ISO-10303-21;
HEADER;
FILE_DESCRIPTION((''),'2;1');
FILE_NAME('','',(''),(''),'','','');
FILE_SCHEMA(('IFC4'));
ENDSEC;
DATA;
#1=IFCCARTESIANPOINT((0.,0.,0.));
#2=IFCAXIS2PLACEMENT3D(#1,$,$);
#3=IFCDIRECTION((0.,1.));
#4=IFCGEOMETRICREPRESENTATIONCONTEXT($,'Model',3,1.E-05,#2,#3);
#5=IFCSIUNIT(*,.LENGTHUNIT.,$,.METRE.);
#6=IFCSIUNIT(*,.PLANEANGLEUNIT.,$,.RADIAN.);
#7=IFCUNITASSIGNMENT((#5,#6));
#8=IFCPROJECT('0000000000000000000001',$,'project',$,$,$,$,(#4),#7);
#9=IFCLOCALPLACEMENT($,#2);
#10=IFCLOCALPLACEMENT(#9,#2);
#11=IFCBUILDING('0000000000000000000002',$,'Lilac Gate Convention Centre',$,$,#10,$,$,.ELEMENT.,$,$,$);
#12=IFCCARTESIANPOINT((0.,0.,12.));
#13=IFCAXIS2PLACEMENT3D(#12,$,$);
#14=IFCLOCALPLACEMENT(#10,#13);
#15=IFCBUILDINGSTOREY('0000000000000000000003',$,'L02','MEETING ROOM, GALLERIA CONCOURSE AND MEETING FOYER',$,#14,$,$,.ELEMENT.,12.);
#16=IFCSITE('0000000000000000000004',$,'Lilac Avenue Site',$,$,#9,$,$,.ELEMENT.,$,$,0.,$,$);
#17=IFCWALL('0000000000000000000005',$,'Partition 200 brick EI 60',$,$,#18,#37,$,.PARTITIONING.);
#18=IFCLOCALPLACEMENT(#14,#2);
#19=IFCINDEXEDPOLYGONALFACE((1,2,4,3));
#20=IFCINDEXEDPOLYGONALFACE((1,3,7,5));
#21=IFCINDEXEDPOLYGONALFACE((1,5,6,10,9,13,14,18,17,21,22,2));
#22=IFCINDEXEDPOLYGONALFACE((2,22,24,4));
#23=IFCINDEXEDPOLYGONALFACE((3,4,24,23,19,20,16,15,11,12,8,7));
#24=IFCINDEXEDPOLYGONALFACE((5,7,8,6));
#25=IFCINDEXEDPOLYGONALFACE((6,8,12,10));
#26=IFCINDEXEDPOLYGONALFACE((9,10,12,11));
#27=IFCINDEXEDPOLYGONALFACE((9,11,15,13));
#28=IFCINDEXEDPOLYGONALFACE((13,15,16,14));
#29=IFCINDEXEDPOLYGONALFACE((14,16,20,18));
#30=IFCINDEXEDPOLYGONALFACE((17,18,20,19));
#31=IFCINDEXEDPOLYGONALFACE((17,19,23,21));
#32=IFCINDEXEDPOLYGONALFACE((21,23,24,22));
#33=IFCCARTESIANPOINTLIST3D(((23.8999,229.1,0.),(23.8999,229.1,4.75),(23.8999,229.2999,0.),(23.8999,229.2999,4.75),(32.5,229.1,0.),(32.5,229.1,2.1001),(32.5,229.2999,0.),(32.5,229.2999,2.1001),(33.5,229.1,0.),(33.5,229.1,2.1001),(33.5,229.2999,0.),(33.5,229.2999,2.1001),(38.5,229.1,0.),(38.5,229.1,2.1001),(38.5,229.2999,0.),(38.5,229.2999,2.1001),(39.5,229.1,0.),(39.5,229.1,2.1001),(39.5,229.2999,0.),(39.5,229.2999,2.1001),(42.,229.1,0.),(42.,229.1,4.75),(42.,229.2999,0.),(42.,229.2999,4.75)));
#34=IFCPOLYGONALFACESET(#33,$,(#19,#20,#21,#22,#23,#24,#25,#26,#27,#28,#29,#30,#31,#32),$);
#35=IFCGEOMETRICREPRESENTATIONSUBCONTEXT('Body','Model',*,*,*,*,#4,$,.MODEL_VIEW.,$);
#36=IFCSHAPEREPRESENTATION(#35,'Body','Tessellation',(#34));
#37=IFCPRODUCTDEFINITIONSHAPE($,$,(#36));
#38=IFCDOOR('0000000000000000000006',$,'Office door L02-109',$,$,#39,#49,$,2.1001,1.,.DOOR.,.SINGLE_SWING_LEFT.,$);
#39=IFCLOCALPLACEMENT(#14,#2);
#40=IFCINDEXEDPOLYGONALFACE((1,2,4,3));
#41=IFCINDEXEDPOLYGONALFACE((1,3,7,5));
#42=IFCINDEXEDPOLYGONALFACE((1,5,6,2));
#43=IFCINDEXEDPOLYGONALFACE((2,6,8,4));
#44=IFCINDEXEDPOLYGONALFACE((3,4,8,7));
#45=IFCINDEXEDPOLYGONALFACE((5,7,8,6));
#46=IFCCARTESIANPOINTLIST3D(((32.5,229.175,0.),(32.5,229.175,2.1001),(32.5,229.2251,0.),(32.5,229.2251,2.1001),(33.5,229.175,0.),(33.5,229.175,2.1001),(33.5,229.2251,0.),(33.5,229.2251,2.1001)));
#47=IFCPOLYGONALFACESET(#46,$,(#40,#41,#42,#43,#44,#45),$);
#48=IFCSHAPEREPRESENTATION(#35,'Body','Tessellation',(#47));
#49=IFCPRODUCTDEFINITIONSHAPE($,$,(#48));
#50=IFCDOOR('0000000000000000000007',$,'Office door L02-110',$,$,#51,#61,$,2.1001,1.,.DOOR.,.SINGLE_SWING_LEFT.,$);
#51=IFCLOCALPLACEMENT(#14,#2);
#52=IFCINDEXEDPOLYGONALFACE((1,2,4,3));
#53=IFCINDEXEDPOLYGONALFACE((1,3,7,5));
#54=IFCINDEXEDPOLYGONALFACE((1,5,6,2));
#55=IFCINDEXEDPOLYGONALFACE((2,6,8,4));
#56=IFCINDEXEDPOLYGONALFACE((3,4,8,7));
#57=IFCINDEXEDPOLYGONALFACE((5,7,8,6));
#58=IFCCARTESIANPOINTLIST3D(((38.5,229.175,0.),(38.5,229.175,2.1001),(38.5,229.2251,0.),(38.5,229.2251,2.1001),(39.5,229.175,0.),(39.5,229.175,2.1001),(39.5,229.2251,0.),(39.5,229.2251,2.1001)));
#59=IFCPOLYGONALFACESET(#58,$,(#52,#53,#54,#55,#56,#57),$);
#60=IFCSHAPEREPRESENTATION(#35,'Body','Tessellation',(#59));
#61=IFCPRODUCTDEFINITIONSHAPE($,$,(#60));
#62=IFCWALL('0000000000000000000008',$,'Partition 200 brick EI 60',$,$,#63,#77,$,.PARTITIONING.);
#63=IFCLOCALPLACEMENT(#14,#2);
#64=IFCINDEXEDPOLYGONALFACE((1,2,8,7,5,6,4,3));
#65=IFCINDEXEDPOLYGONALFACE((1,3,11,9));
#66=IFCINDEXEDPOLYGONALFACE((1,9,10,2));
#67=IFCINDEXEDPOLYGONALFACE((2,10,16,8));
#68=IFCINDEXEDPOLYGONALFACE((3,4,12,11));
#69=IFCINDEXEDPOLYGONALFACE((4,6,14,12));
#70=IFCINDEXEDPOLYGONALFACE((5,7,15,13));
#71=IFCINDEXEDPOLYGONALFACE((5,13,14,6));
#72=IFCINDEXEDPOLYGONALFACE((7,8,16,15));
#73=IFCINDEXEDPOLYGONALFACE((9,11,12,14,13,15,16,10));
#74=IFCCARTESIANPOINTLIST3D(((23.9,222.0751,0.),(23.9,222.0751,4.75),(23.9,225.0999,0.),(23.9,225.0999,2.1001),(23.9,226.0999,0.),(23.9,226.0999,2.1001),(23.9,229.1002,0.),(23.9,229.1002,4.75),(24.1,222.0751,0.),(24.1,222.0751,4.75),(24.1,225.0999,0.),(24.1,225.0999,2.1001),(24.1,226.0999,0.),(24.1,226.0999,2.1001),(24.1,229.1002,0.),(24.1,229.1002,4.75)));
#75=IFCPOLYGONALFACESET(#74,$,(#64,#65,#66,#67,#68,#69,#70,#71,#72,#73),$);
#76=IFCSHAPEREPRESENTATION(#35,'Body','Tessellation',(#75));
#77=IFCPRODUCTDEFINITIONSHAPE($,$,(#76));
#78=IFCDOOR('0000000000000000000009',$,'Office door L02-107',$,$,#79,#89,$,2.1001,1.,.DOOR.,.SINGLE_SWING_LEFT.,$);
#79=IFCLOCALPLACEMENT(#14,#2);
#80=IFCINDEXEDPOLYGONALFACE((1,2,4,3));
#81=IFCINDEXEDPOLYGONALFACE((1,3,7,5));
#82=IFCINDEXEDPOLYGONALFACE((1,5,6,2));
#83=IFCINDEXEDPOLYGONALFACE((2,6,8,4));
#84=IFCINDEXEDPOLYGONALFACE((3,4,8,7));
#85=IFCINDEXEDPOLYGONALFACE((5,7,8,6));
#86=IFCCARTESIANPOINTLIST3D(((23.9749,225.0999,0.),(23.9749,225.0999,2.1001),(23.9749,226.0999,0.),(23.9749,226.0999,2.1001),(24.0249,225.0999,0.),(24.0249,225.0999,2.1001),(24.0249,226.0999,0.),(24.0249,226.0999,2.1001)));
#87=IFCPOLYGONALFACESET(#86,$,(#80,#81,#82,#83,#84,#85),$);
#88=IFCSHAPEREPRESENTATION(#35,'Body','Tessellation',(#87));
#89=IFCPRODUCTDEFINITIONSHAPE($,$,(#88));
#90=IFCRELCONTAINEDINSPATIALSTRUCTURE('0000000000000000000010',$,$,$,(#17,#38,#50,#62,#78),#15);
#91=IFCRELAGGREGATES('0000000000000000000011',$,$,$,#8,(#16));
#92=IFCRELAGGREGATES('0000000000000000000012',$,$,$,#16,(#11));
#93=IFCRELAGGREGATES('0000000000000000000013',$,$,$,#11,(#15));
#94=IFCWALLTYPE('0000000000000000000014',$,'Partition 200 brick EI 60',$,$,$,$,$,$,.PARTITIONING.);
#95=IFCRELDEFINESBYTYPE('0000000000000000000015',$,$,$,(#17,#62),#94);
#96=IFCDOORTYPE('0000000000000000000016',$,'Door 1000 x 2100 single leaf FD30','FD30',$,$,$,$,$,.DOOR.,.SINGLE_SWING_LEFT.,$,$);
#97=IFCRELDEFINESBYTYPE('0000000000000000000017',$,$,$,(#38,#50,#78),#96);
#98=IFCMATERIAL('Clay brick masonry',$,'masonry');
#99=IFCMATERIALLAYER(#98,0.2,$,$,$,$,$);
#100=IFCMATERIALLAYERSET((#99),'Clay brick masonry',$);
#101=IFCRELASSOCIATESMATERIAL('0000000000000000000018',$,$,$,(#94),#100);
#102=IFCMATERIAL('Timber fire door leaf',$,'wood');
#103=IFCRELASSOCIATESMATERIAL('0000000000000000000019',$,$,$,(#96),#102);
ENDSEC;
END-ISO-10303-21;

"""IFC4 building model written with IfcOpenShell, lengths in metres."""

from ifc_helpers import new_model, si_unit, direction, frame, frame_2d, origin, place, context, subcontext, project, spatial, rectangle, extrude, material, layer, layer_set, type_object, element, fill, save


model = new_model("IFC4")

# Units and contexts
model_context = context("Model", 3, precision=1e-05, world=origin(), true_north=direction((0.0, 1.0)))
body_context = subcontext(model_context, "Body", "Model", "MODEL_VIEW")
ifc_project = project(units=[si_unit("LENGTHUNIT", "METRE"), si_unit("PLANEANGLEUNIT", "RADIAN")], contexts=[model_context])

# Site, building, storey
site_placement = place(None, origin())
site = spatial("IfcSite", under=ifc_project, at=site_placement, Name="Lilac Avenue Site", CompositionType="ELEMENT", RefElevation=0.0)
building_placement = place(site_placement, origin())
building = spatial("IfcBuilding", under=site, at=building_placement, Name="Lilac Gate Convention Centre", CompositionType="ELEMENT")
storey_placement = place(building_placement, frame((0.0, 0.0, 12.0)))
storey = spatial("IfcBuildingStorey", under=building, at=storey_placement, Name="L02", Description="MEETING ROOM, GALLERIA CONCOURSE AND MEETING FOYER", CompositionType="ELEMENT", Elevation=12.0)

# Wall, openings, doors
ifc_material_1 = material(Name="Clay brick masonry", Category="masonry")
ifc_layer_1 = layer(ifc_material_1, 0.2)
ifc_layer_set_1 = layer_set([ifc_layer_1], Name="Clay brick masonry")
wall_type_1 = type_object("IfcWallType", Name="Partition 200 brick EI 60", PredefinedType="PARTITIONING", material=ifc_layer_set_1)
wall_1_placement = place(storey_placement, frame((23.8999, 229.2, 0.0), z_axis=(0.0, 0.0, 1.0), x_axis=(1.0, 0.0, 0.0)))
wall_1 = element("IfcWall", 1, at=wall_1_placement, inside=storey, type_object=wall_type_1, Name="Partition 200 brick EI 60", PredefinedType="PARTITIONING", context=body_context, shape_type="SweptSolid", body=[
    extrude(rectangle(XDim=18.1001, YDim=0.2, at=frame_2d((9.05, 0.0))), origin(), (0.0, 0.0, 1.0), 4.75),
])
opening_1_placement = place(wall_1_placement, frame((8.6001, 0.0, 0.0)))
opening_1 = element("IfcOpeningElement", 2, at=opening_1_placement, cuts=wall_1, PredefinedType="OPENING", context=body_context, shape_type="SweptSolid", body=[
    extrude(rectangle(XDim=1.0, YDim=2.1001, at=frame_2d((0.5, 1.05))), frame((0.0, 0.1099, 0.0), z_axis=(0.0, -1.0, 0.0), x_axis=(1.0, 0.0, 0.0)), (0.0, 0.0, 1.0), 0.22),
])
opening_2_placement = place(wall_1_placement, frame((14.6001, 0.0, 0.0)))
opening_2 = element("IfcOpeningElement", 3, at=opening_2_placement, cuts=wall_1, PredefinedType="OPENING", context=body_context, shape_type="SweptSolid", body=[
    extrude(rectangle(XDim=1.0, YDim=2.1001, at=frame_2d((0.5, 1.05))), frame((0.0, 0.1099, 0.0), z_axis=(0.0, -1.0, 0.0), x_axis=(1.0, 0.0, 0.0)), (0.0, 0.0, 1.0), 0.22),
])
ifc_material_2 = material(Name="Timber fire door leaf", Category="wood")
door_type = type_object("IfcDoorType", Name="Door 1000 x 2100 single leaf FD30", Description="FD30", OperationType="SINGLE_SWING_LEFT", PredefinedType="DOOR", material=ifc_material_2)
door_1_placement = place(opening_1_placement, frame((1.0, 0.0, 0.0), z_axis=(0.0, 0.0, 1.0), x_axis=(-1.0, 0.0, 0.0)))
door_1 = element("IfcDoor", 4, at=door_1_placement, inside=storey, type_object=door_type, Name="Office door L02-109", OperationType="SINGLE_SWING_LEFT", OverallHeight=2.1001, OverallWidth=1.0, PredefinedType="DOOR", context=body_context, shape_type="SweptSolid", body=[
    extrude(rectangle(XDim=1.0, YDim=2.1001, at=frame_2d((0.5, 1.05))), frame((0.0, 0.0249, 0.0), z_axis=(0.0, -1.0, 0.0), x_axis=(1.0, 0.0, 0.0)), (0.0, 0.0, 1.0), 0.05),
])
fill(opening_1, door_1)
door_2_placement = place(opening_2_placement, frame((1.0, 0.0, 0.0), z_axis=(0.0, 0.0, 1.0), x_axis=(-1.0, 0.0, 0.0)))
door_2 = element("IfcDoor", 5, at=door_2_placement, inside=storey, type_object=door_type, Name="Office door L02-110", OperationType="SINGLE_SWING_LEFT", OverallHeight=2.1001, OverallWidth=1.0, PredefinedType="DOOR", context=body_context, shape_type="SweptSolid", body=[
    extrude(rectangle(XDim=1.0, YDim=2.1001, at=frame_2d((0.5, 1.05))), frame((0.0, 0.0249, 0.0), z_axis=(0.0, -1.0, 0.0), x_axis=(1.0, 0.0, 0.0)), (0.0, 0.0, 1.0), 0.05),
])
fill(opening_2, door_2)

# Wall, opening, door
wall_2_placement = place(storey_placement, frame((24.0, 222.075, 0.0), z_axis=(0.0, 0.0, 1.0), x_axis=(0.0, 1.0, 0.0)))
wall_2 = element("IfcWall", 6, at=wall_2_placement, inside=storey, type_object=wall_type_1, Name="Partition 200 brick EI 60", PredefinedType="PARTITIONING", context=body_context, shape_type="SweptSolid", body=[
    extrude(rectangle(XDim=7.0251, YDim=0.2, at=frame_2d((3.5127, 0.0))), origin(), (0.0, 0.0, 1.0), 4.75),
])
opening_3_placement = place(wall_2_placement, frame((3.0249, 0.0, 0.0)))
opening_3 = element("IfcOpeningElement", 7, at=opening_3_placement, cuts=wall_2, PredefinedType="OPENING", context=body_context, shape_type="SweptSolid", body=[
    extrude(rectangle(XDim=1.0, YDim=2.1001, at=frame_2d((0.5, 1.05))), frame((0.0, 0.1099, 0.0), z_axis=(0.0, -1.0, 0.0), x_axis=(1.0, 0.0, 0.0)), (0.0, 0.0, 1.0), 0.22),
])
door_3_placement = place(opening_3_placement, frame((1.0, 0.0, 0.0), z_axis=(0.0, 0.0, 1.0), x_axis=(-1.0, 0.0, 0.0)))
door_3 = element("IfcDoor", 8, at=door_3_placement, inside=storey, type_object=door_type, Name="Office door L02-107", OperationType="SINGLE_SWING_LEFT", OverallHeight=2.1001, OverallWidth=1.0, PredefinedType="DOOR", context=body_context, shape_type="SweptSolid", body=[
    extrude(rectangle(XDim=1.0, YDim=2.1001, at=frame_2d((0.5, 1.05))), frame((0.0, 0.0249, 0.0), z_axis=(0.0, -1.0, 0.0), x_axis=(1.0, 0.0, 0.0)), (0.0, 0.0, 1.0), 0.05),
])
fill(opening_3, door_3)

save(model, "model.ifc")
